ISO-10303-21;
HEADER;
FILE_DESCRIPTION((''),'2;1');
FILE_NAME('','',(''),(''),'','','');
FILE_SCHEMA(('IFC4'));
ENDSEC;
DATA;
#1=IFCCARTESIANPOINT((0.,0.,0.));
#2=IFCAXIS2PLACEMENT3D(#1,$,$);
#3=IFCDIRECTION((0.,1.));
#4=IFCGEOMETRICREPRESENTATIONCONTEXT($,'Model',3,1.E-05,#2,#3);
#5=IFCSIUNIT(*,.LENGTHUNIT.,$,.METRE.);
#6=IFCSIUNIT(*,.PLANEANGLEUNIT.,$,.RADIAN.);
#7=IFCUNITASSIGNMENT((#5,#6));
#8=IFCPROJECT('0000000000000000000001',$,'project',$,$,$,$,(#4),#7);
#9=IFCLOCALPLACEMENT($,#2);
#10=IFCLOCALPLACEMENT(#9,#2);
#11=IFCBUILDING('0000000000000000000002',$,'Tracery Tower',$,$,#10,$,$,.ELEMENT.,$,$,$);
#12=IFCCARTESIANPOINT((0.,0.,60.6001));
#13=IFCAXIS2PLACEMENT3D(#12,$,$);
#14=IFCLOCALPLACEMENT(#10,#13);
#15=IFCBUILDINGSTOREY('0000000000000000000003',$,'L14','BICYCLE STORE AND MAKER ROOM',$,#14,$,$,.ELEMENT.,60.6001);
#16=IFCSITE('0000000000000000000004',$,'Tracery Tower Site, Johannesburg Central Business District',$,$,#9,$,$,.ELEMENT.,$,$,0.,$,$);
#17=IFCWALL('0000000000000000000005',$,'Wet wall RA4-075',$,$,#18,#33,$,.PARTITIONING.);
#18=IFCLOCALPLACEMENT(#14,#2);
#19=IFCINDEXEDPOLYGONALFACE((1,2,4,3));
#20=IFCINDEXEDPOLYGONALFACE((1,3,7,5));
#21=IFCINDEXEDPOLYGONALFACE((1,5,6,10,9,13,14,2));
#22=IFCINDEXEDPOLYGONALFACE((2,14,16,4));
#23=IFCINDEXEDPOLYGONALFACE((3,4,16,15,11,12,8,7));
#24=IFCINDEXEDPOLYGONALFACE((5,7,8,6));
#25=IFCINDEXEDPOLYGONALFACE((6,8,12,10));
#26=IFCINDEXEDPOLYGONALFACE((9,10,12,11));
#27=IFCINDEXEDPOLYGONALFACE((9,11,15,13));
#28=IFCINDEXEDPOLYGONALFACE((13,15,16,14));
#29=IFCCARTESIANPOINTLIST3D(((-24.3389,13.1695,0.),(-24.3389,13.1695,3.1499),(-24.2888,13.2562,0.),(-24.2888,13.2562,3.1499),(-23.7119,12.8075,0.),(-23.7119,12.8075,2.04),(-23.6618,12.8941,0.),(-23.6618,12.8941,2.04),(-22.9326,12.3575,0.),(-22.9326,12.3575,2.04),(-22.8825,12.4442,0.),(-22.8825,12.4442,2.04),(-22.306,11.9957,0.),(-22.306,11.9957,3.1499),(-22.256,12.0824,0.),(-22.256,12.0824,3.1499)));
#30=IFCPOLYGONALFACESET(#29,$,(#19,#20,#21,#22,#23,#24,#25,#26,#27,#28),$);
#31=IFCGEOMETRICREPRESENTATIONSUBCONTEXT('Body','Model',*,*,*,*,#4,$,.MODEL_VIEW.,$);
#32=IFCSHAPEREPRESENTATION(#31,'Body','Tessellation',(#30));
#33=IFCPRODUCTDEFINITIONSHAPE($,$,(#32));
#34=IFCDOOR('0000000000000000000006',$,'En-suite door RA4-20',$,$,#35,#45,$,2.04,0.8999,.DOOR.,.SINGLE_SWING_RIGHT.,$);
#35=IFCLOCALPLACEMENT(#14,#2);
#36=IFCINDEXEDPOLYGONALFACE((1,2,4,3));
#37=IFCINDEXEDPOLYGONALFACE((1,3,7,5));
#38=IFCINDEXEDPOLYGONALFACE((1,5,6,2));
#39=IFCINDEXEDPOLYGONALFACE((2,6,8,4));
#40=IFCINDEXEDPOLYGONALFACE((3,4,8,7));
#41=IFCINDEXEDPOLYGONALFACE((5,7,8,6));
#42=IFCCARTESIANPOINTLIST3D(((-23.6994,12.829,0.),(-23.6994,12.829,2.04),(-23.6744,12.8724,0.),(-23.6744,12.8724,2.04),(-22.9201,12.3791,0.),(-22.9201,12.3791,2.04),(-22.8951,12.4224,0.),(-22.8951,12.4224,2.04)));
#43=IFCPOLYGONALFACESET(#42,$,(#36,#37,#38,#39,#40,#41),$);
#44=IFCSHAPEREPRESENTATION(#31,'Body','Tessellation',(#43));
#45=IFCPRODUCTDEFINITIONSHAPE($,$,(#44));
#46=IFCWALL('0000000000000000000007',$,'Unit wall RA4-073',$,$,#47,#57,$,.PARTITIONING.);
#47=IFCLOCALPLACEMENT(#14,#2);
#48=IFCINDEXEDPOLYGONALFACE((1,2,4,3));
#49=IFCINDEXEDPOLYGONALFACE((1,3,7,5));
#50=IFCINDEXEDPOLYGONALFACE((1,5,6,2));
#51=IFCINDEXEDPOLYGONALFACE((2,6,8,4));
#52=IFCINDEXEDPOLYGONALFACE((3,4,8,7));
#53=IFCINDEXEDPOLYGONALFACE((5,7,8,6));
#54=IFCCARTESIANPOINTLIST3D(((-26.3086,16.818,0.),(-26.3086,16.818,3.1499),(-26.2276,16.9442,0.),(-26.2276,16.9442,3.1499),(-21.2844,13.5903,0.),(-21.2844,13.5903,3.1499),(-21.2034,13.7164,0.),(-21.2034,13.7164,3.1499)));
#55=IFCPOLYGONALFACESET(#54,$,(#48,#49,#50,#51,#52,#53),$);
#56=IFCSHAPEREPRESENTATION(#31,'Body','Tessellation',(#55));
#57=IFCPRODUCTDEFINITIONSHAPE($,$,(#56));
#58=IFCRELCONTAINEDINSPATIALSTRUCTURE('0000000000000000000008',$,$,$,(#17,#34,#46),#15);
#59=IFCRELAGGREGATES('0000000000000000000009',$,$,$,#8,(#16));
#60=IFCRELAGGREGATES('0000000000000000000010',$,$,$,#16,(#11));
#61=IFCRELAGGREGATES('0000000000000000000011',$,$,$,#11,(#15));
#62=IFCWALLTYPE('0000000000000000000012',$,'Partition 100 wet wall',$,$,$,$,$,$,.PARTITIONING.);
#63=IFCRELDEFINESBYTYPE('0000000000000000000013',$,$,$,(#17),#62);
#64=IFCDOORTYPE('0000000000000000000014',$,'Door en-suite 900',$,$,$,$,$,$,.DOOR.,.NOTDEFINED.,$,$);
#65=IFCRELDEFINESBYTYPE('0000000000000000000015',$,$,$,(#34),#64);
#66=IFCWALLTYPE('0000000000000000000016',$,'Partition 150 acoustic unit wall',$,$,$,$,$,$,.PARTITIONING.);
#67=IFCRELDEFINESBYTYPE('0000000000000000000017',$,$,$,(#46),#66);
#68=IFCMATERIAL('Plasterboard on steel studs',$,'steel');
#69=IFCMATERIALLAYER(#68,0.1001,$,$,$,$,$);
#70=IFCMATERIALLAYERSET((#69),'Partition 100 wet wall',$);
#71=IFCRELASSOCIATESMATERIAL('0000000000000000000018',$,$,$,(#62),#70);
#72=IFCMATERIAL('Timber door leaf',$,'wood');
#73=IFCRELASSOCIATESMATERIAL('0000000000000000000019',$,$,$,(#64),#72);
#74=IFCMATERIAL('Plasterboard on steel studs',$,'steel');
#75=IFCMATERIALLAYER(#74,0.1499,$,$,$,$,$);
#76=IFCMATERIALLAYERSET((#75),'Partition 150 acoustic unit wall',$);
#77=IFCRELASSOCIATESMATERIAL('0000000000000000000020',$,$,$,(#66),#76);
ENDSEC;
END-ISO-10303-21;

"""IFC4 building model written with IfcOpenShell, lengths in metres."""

from ifc_helpers import new_model, si_unit, direction, frame, frame_2d, origin, place, context, subcontext, project, spatial, rectangle, extrude, material, layer, layer_set, type_object, element, fill, save


model = new_model("IFC4")

# Units and contexts
model_context = context("Model", 3, precision=1e-05, world=origin(), true_north=direction((0.0, 1.0)))
body_context = subcontext(model_context, "Body", "Model", "MODEL_VIEW")
ifc_project = project(units=[si_unit("LENGTHUNIT", "METRE"), si_unit("PLANEANGLEUNIT", "RADIAN")], contexts=[model_context])

# Site, building, storey
site_placement = place(None, origin())
site = spatial("IfcSite", under=ifc_project, at=site_placement, Name="Tracery Tower Site, Johannesburg Central Business District", CompositionType="ELEMENT", RefElevation=0.0)
building_placement = place(site_placement, origin())
building = spatial("IfcBuilding", under=site, at=building_placement, Name="Tracery Tower", CompositionType="ELEMENT")
storey_placement = place(building_placement, frame((0.0, 0.0, 60.6001)))
storey = spatial("IfcBuildingStorey", under=building, at=storey_placement, Name="L14", Description="BICYCLE STORE AND MAKER ROOM", CompositionType="ELEMENT", Elevation=60.6001)

# Shared definitions
ifc_material_1 = material(Name="Plasterboard on steel studs", Category="steel")
ifc_layer_1 = layer(ifc_material_1, 0.1001)
ifc_layer_set_1 = layer_set([ifc_layer_1], Name="Partition 100 wet wall")
wall_type_1 = type_object("IfcWallType", Name="Partition 100 wet wall", PredefinedType="PARTITIONING", material=ifc_layer_set_1)
ifc_material_2 = material(Name="Timber door leaf", Category="wood")
door_type = type_object("IfcDoorType", Name="Door en-suite 900", OperationType="NOTDEFINED", PredefinedType="DOOR", material=ifc_material_2)

# Wall, opening, door
wall_1_placement = place(storey_placement, frame((-24.314, 13.2129, 0.0), z_axis=(0.0, 0.0, 1.0), x_axis=(0.866007, -0.500032, 0.0)))
wall_1 = element("IfcWall", 1, at=wall_1_placement, inside=storey, type_object=wall_type_1, Name="Wet wall RA4-075", PredefinedType="PARTITIONING", context=body_context, shape_type="SweptSolid", body=[
    extrude(rectangle(XDim=2.3474, YDim=0.1001, at=frame_2d((1.1738, 0.0))), origin(), (0.0, 0.0, 1.0), 3.1499),
])
opening_1_placement = place(wall_1_placement, frame((0.7241, 0.0, 0.0)))
opening_1 = element("IfcOpeningElement", 2, at=opening_1_placement, cuts=wall_1, PredefinedType="OPENING", context=body_context, shape_type="SweptSolid", body=[
    extrude(rectangle(XDim=0.8999, YDim=2.04, at=frame_2d((0.45, 1.02))), frame((0.0, 0.05, 0.0), z_axis=(0.0, -1.0, 0.0), x_axis=(1.0, 0.0, 0.0)), (0.0, 0.0, 1.0), 0.1001),
])
door_1_placement = place(opening_1_placement, origin())
door_1 = element("IfcDoor", 3, at=door_1_placement, inside=storey, type_object=door_type, Name="En-suite door RA4-20", OperationType="SINGLE_SWING_RIGHT", OverallHeight=2.04, OverallWidth=0.8999, PredefinedType="DOOR", context=body_context, shape_type="SweptSolid", body=[
    extrude(rectangle(XDim=0.8999, YDim=2.04, at=frame_2d((0.45, 1.02))), frame((0.0, 0.0249, 0.0), z_axis=(0.0, -1.0, 0.0), x_axis=(1.0, 0.0, 0.0)), (0.0, 0.0, 1.0), 0.05),
])
fill(opening_1, door_1)

# Wall
ifc_material_3 = material(Name="Plasterboard on steel studs", Category="steel")
ifc_layer_2 = layer(ifc_material_3, 0.1499)
ifc_layer_set_2 = layer_set([ifc_layer_2], Name="Partition 150 acoustic unit wall")
wall_type_2 = type_object("IfcWallType", Name="Partition 150 acoustic unit wall", PredefinedType="PARTITIONING", material=ifc_layer_set_2)
wall_2_placement = place(storey_placement, frame((-26.2681, 16.8811, 0.0), z_axis=(0.0, 0.0, 1.0), x_axis=(0.841334, -0.540516, 0.0)))
element("IfcWall", 4, at=wall_2_placement, inside=storey, type_object=wall_type_2, Name="Unit wall RA4-073", PredefinedType="PARTITIONING", context=body_context, shape_type="SweptSolid", body=[
    extrude(rectangle(XDim=5.9717, YDim=0.1499, at=frame_2d((2.9858, 0.0))), origin(), (0.0, 0.0, 1.0), 3.1499),
])

save(model, "model.ifc")
